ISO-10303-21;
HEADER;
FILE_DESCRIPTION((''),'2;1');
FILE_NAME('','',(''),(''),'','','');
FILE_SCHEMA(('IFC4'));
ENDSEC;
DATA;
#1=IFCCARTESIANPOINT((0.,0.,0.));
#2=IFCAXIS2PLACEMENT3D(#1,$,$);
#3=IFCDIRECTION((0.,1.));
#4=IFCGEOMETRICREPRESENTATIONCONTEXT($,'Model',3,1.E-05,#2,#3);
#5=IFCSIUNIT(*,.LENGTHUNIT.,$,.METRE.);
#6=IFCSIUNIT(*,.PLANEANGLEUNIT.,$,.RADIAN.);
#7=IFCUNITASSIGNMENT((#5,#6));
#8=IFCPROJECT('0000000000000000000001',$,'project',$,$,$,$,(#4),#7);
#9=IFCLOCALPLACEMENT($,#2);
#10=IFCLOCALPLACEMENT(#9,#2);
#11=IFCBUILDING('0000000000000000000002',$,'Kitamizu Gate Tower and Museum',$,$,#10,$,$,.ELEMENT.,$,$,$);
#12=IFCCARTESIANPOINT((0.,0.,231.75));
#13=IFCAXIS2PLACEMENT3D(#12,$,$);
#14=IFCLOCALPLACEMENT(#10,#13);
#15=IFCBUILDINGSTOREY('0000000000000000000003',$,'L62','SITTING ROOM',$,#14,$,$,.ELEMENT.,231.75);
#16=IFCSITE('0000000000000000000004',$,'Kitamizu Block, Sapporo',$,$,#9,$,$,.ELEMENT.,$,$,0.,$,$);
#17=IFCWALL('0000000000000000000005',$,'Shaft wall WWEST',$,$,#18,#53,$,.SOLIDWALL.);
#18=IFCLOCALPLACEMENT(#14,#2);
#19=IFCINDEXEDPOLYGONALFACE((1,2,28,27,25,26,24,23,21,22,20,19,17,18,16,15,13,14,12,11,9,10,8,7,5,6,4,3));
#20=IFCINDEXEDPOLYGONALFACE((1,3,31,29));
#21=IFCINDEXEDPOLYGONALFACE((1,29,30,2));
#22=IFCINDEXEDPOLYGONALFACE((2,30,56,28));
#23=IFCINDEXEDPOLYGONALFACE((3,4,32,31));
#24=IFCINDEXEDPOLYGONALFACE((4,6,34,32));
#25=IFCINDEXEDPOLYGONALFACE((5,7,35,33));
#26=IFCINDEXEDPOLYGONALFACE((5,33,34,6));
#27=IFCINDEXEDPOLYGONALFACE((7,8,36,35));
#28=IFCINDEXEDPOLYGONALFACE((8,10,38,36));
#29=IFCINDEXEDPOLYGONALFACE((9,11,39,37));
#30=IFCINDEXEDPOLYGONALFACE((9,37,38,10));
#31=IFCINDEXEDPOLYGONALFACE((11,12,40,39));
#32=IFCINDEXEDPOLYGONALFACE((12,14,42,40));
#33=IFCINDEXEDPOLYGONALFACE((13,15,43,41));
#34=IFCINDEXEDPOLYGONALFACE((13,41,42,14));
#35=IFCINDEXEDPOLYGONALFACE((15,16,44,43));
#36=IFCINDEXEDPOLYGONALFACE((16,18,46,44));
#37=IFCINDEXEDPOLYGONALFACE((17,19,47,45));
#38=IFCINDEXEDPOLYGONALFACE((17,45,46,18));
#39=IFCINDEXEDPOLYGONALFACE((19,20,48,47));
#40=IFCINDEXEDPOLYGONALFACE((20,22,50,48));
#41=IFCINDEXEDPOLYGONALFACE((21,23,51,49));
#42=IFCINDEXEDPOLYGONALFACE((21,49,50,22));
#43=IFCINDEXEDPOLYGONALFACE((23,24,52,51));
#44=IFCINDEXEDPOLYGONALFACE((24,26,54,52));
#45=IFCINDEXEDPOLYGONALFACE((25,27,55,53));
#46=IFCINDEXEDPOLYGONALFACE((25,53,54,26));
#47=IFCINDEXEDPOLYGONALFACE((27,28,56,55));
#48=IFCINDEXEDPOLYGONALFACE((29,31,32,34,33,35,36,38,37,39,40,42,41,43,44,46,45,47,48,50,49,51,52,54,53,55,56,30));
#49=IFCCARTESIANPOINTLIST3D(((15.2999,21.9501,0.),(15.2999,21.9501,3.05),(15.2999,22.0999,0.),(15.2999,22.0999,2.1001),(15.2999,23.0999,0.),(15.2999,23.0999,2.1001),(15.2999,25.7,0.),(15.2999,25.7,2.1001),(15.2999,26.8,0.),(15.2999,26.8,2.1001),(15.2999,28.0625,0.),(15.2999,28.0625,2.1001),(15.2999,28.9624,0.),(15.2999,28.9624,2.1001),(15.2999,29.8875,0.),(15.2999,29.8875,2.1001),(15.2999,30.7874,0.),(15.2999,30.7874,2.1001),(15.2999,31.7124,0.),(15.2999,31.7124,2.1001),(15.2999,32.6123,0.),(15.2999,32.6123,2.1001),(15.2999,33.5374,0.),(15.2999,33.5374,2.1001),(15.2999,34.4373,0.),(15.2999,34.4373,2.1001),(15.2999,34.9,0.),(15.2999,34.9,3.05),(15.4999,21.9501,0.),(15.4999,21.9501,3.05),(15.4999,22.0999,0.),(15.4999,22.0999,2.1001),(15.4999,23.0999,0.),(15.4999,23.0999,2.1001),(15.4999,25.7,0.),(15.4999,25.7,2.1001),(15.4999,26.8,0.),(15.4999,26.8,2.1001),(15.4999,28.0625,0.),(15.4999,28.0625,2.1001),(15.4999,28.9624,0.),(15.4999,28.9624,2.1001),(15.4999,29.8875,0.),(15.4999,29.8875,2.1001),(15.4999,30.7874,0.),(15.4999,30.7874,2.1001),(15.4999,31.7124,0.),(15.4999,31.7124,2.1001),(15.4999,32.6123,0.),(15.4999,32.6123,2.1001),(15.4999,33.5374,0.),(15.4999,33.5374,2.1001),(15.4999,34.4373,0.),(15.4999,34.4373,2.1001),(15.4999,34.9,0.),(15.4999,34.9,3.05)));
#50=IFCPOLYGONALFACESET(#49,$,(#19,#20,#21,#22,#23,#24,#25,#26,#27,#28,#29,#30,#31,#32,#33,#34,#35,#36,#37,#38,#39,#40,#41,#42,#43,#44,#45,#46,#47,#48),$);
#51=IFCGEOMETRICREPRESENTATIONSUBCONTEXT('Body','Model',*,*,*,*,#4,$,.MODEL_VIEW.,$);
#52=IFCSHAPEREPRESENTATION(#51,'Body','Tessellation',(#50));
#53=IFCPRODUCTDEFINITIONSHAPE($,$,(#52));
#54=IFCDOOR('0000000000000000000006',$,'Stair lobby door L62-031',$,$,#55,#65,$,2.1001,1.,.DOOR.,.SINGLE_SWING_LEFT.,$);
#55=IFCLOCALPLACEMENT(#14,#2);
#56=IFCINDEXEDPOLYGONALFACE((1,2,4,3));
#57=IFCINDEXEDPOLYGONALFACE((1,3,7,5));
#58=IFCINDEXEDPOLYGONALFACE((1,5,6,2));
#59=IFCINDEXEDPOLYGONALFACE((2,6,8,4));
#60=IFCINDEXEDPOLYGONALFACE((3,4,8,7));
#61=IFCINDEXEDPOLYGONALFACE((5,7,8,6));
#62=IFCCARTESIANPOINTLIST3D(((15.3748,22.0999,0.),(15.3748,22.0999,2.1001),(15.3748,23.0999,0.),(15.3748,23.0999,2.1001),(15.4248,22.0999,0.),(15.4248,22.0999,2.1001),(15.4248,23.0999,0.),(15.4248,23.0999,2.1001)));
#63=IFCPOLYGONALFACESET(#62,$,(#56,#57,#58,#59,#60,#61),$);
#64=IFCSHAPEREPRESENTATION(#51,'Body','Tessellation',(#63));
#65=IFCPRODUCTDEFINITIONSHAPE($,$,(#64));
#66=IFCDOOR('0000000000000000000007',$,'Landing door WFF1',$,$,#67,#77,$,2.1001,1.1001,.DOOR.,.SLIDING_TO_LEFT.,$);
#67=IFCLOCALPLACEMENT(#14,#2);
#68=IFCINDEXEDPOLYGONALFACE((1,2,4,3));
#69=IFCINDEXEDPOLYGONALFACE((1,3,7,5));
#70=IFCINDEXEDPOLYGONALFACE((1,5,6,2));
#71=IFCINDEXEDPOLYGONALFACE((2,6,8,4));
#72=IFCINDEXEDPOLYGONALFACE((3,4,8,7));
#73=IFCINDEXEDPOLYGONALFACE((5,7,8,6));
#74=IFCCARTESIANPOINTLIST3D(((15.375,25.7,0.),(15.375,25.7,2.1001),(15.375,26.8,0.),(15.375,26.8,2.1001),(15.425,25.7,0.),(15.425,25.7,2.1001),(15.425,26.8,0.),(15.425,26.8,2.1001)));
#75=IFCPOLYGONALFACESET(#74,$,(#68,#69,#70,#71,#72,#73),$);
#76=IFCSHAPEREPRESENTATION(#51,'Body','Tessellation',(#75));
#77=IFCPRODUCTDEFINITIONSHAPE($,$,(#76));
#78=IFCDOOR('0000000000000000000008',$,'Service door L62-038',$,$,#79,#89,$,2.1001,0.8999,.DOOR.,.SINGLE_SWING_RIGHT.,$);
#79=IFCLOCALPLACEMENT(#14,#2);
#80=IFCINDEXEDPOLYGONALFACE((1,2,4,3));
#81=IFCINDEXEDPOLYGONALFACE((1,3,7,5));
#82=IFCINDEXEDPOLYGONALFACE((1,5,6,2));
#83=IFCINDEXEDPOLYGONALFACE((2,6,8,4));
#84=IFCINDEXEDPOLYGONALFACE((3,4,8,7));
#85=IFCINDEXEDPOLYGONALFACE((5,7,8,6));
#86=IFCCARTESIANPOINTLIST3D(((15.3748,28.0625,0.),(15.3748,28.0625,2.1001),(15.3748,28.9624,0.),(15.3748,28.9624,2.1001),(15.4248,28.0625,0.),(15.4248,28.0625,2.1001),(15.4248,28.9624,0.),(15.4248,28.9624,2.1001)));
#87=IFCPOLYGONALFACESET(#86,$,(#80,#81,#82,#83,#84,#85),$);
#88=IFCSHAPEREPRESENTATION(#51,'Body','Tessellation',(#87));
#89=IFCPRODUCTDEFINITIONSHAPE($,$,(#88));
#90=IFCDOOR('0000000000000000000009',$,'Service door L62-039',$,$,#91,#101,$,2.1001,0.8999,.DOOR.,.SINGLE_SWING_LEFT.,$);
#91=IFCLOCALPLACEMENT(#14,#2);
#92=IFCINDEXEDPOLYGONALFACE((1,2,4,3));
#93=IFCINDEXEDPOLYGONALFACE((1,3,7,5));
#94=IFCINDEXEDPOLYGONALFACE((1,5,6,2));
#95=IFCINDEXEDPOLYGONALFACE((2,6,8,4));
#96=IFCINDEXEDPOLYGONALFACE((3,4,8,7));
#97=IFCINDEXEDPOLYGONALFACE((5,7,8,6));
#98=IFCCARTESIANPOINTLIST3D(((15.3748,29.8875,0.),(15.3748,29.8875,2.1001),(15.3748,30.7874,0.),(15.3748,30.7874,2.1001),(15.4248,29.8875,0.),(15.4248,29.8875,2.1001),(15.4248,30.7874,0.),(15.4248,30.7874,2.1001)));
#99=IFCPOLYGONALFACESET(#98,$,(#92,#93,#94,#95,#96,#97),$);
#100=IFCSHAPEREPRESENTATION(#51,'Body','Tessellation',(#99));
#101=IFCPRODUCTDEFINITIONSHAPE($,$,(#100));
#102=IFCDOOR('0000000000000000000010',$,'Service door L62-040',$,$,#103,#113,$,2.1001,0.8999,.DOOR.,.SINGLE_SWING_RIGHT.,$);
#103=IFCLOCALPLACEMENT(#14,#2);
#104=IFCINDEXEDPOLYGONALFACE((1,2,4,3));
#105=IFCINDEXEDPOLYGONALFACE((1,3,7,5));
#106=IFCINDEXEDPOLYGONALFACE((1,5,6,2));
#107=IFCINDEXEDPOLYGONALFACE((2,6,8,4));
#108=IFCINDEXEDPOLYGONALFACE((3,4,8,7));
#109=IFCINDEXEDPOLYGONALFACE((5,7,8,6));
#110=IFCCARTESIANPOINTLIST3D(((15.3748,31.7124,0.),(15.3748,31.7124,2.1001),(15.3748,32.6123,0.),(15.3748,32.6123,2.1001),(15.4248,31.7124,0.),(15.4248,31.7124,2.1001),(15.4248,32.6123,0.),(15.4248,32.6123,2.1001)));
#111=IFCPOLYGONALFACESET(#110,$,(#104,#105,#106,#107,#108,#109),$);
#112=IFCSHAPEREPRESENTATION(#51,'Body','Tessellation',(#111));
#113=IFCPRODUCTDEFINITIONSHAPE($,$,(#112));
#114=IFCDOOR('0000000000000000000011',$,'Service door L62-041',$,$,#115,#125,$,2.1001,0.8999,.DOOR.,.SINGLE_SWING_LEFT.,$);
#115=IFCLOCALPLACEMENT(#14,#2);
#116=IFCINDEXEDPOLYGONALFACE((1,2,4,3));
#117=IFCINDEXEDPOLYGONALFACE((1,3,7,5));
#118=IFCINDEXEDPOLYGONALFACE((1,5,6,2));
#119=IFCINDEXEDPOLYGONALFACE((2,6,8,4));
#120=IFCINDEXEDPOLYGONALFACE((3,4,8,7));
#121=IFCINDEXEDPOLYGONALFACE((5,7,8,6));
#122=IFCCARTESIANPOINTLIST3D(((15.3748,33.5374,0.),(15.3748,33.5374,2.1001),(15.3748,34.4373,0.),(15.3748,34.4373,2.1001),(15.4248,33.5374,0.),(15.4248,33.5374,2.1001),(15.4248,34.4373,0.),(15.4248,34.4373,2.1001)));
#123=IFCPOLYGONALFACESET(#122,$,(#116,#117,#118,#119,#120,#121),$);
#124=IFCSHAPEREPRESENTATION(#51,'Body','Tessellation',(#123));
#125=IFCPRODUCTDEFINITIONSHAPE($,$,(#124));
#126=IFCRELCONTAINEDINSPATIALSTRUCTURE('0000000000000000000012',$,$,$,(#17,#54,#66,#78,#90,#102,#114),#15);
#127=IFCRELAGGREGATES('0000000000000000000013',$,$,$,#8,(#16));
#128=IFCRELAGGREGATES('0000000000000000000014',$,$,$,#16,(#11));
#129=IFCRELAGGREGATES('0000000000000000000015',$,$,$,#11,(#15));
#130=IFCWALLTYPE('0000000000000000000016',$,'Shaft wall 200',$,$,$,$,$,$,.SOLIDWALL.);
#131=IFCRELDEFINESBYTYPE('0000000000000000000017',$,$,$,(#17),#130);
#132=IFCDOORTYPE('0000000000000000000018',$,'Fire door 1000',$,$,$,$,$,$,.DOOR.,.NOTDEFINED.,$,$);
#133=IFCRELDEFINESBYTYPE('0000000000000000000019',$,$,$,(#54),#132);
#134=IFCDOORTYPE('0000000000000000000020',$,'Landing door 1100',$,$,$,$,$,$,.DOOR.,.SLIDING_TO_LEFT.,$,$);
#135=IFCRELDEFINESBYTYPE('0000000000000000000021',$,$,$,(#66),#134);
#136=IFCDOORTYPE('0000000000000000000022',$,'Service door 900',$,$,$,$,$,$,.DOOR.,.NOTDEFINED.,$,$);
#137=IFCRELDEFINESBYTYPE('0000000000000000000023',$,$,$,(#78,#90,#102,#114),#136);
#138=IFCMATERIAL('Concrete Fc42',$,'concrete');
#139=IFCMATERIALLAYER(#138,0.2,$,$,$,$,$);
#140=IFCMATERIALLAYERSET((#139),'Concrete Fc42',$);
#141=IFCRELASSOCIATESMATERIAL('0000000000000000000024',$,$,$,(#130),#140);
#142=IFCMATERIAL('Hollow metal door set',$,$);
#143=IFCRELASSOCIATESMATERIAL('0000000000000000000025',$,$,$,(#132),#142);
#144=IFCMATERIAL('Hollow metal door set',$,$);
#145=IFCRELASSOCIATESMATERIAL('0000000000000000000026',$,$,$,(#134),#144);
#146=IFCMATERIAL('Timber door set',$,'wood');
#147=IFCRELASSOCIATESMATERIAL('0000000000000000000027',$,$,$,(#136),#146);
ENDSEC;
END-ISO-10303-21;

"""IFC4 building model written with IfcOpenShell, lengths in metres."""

from ifc_helpers import new_model, si_unit, direction, frame, frame_2d, origin, place, context, subcontext, project, spatial, rectangle, extrude, material, layer, layer_set, type_object, element, fill, save


model = new_model("IFC4")

# Units and contexts
model_context = context("Model", 3, precision=1e-05, world=origin(), true_north=direction((0.0, 1.0)))
body_context = subcontext(model_context, "Body", "Model", "MODEL_VIEW")
ifc_project = project(units=[si_unit("LENGTHUNIT", "METRE"), si_unit("PLANEANGLEUNIT", "RADIAN")], contexts=[model_context])

# Site, building, storey
site_placement = place(None, origin())
site = spatial("IfcSite", under=ifc_project, at=site_placement, Name="Kitamizu Block, Sapporo", CompositionType="ELEMENT", RefElevation=0.0)
building_placement = place(site_placement, origin())
building = spatial("IfcBuilding", under=site, at=building_placement, Name="Kitamizu Gate Tower and Museum", CompositionType="ELEMENT")
storey_placement = place(building_placement, frame((0.0, 0.0, 231.75)))
storey = spatial("IfcBuildingStorey", under=building, at=storey_placement, Name="L62", Description="SITTING ROOM", CompositionType="ELEMENT", Elevation=231.75)

# Wall, openings, doors
ifc_material_1 = material(Name="Concrete Fc42", Category="concrete")
ifc_layer_1 = layer(ifc_material_1, 0.2)
ifc_layer_set_1 = layer_set([ifc_layer_1], Name="Concrete Fc42")
wall_type_1 = type_object("IfcWallType", Name="Shaft wall 200", PredefinedType="SOLIDWALL", material=ifc_layer_set_1)
wall_1_placement = place(storey_placement, frame((15.3999, 21.95, 0.0), z_axis=(0.0, 0.0, 1.0), x_axis=(0.0, 1.0, 0.0)))
wall_1 = element("IfcWall", 1, at=wall_1_placement, inside=storey, type_object=wall_type_1, Name="Shaft wall WWEST", PredefinedType="SOLIDWALL", context=body_context, shape_type="SweptSolid", body=[
    extrude(rectangle(XDim=12.95, YDim=0.2, at=frame_2d((6.4751, 0.0))), origin(), (0.0, 0.0, 1.0), 3.05),
])
opening_1_placement = place(wall_1_placement, frame((3.75, 0.0, 0.0)))
opening_1 = element("IfcOpeningElement", 2, at=opening_1_placement, cuts=wall_1, PredefinedType="OPENING", context=body_context, shape_type="SweptSolid", body=[
    extrude(rectangle(XDim=1.1001, YDim=2.1001, at=frame_2d((0.55, 1.05))), frame((0.0, 0.1099, 0.0), z_axis=(0.0, -1.0, 0.0), x_axis=(1.0, 0.0, 0.0)), (0.0, 0.0, 1.0), 0.22),
])
opening_2_placement = place(wall_1_placement, frame((0.1499, 0.0, 0.0)))
opening_2 = element("IfcOpeningElement", 3, at=opening_2_placement, cuts=wall_1, PredefinedType="OPENING", context=body_context, shape_type="SweptSolid", body=[
    extrude(rectangle(XDim=1.0, YDim=2.1001, at=frame_2d((0.5, 1.05))), frame((0.0, 0.1099, 0.0), z_axis=(0.0, -1.0, 0.0), x_axis=(1.0, 0.0, 0.0)), (0.0, 0.0, 1.0), 0.22),
])
opening_3_placement = place(wall_1_placement, frame((6.1125, 0.0, 0.0)))
opening_3 = element("IfcOpeningElement", 4, at=opening_3_placement, cuts=wall_1, PredefinedType="OPENING", context=body_context, shape_type="SweptSolid", body=[
    extrude(rectangle(XDim=0.8999, YDim=2.1001, at=frame_2d((0.45, 1.05))), frame((0.0, 0.1099, 0.0), z_axis=(0.0, -1.0, 0.0), x_axis=(1.0, 0.0, 0.0)), (0.0, 0.0, 1.0), 0.22),
])
opening_4_placement = place(wall_1_placement, frame((7.9375, 0.0, 0.0)))
opening_4 = element("IfcOpeningElement", 5, at=opening_4_placement, cuts=wall_1, PredefinedType="OPENING", context=body_context, shape_type="SweptSolid", body=[
    extrude(rectangle(XDim=0.8999, YDim=2.1001, at=frame_2d((0.45, 1.05))), frame((0.0, 0.1099, 0.0), z_axis=(0.0, -1.0, 0.0), x_axis=(1.0, 0.0, 0.0)), (0.0, 0.0, 1.0), 0.22),
])
opening_5_placement = place(wall_1_placement, frame((9.7625, 0.0, 0.0)))
opening_5 = element("IfcOpeningElement", 6, at=opening_5_placement, cuts=wall_1, PredefinedType="OPENING", context=body_context, shape_type="SweptSolid", body=[
    extrude(rectangle(XDim=0.8999, YDim=2.1001, at=frame_2d((0.45, 1.05))), frame((0.0, 0.1099, 0.0), z_axis=(0.0, -1.0, 0.0), x_axis=(1.0, 0.0, 0.0)), (0.0, 0.0, 1.0), 0.22),
])
opening_6_placement = place(wall_1_placement, frame((11.5874, 0.0, 0.0)))
opening_6 = element("IfcOpeningElement", 7, at=opening_6_placement, cuts=wall_1, PredefinedType="OPENING", context=body_context, shape_type="SweptSolid", body=[
    extrude(rectangle(XDim=0.8999, YDim=2.1001, at=frame_2d((0.45, 1.05))), frame((0.0, 0.1099, 0.0), z_axis=(0.0, -1.0, 0.0), x_axis=(1.0, 0.0, 0.0)), (0.0, 0.0, 1.0), 0.22),
])
ifc_material_2 = material(Name="Hollow metal door set")
door_type_1 = type_object("IfcDoorType", Name="Fire door 1000", OperationType="NOTDEFINED", PredefinedType="DOOR", material=ifc_material_2)
door_1_placement = place(opening_2_placement, frame((1.0, 0.0, 0.0), x_axis=(-1.0, 0.0, 0.0)))
door_1 = element("IfcDoor", 8, at=door_1_placement, inside=storey, type_object=door_type_1, Name="Stair lobby door L62-031", OperationType="SINGLE_SWING_LEFT", OverallHeight=2.1001, OverallWidth=1.0, PredefinedType="DOOR", context=body_context, shape_type="SweptSolid", body=[
    extrude(rectangle(XDim=1.0, YDim=2.1001, at=frame_2d((0.5, 1.05))), frame((0.0, 0.0249, 0.0), z_axis=(0.0, -1.0, 0.0), x_axis=(1.0, 0.0, 0.0)), (0.0, 0.0, 1.0), 0.05),
])
fill(opening_2, door_1)
ifc_material_3 = material(Name="Hollow metal door set")
door_type_2 = type_object("IfcDoorType", Name="Landing door 1100", OperationType="SLIDING_TO_LEFT", PredefinedType="DOOR", material=ifc_material_3)
door_2_placement = place(opening_1_placement, origin())
door_2 = element("IfcDoor", 9, at=door_2_placement, inside=storey, type_object=door_type_2, Name="Landing door WFF1", OperationType="SLIDING_TO_LEFT", OverallHeight=2.1001, OverallWidth=1.1001, PredefinedType="DOOR", context=body_context, shape_type="SweptSolid", body=[
    extrude(rectangle(XDim=1.1001, YDim=2.1001, at=frame_2d((0.55, 1.05))), frame((0.0, 0.0249, 0.0), z_axis=(0.0, -1.0, 0.0), x_axis=(1.0, 0.0, 0.0)), (0.0, 0.0, 1.0), 0.05),
])
fill(opening_1, door_2)
ifc_material_4 = material(Name="Timber door set", Category="wood")
door_type_3 = type_object("IfcDoorType", Name="Service door 900", OperationType="NOTDEFINED", PredefinedType="DOOR", material=ifc_material_4)
door_3_placement = place(opening_3_placement, frame((0.8999, 0.0, 0.0), x_axis=(-1.0, 0.0, 0.0)))
door_3 = element("IfcDoor", 10, at=door_3_placement, inside=storey, type_object=door_type_3, Name="Service door L62-038", OperationType="SINGLE_SWING_RIGHT", OverallHeight=2.1001, OverallWidth=0.8999, PredefinedType="DOOR", context=body_context, shape_type="SweptSolid", body=[
    extrude(rectangle(XDim=0.8999, YDim=2.1001, at=frame_2d((0.45, 1.05))), frame((0.0, 0.0249, 0.0), z_axis=(0.0, -1.0, 0.0), x_axis=(1.0, 0.0, 0.0)), (0.0, 0.0, 1.0), 0.05),
])
fill(opening_3, door_3)
door_4_placement = place(opening_4_placement, frame((0.8999, 0.0, 0.0), x_axis=(-1.0, 0.0, 0.0)))
door_4 = element("IfcDoor", 11, at=door_4_placement, inside=storey, type_object=door_type_3, Name="Service door L62-039", OperationType="SINGLE_SWING_LEFT", OverallHeight=2.1001, OverallWidth=0.8999, PredefinedType="DOOR", context=body_context, shape_type="SweptSolid", body=[
    extrude(rectangle(XDim=0.8999, YDim=2.1001, at=frame_2d((0.45, 1.05))), frame((0.0, 0.0249, 0.0), z_axis=(0.0, -1.0, 0.0), x_axis=(1.0, 0.0, 0.0)), (0.0, 0.0, 1.0), 0.05),
])
fill(opening_4, door_4)
door_5_placement = place(opening_5_placement, frame((0.8999, 0.0, 0.0), x_axis=(-1.0, 0.0, 0.0)))
door_5 = element("IfcDoor", 12, at=door_5_placement, inside=storey, type_object=door_type_3, Name="Service door L62-040", OperationType="SINGLE_SWING_RIGHT", OverallHeight=2.1001, OverallWidth=0.8999, PredefinedType="DOOR", context=body_context, shape_type="SweptSolid", body=[
    extrude(rectangle(XDim=0.8999, YDim=2.1001, at=frame_2d((0.45, 1.05))), frame((0.0, 0.0249, 0.0), z_axis=(0.0, -1.0, 0.0), x_axis=(1.0, 0.0, 0.0)), (0.0, 0.0, 1.0), 0.05),
])
fill(opening_5, door_5)
door_6_placement = place(opening_6_placement, frame((0.8999, 0.0, 0.0), x_axis=(-1.0, 0.0, 0.0)))
door_6 = element("IfcDoor", 13, at=door_6_placement, inside=storey, type_object=door_type_3, Name="Service door L62-041", OperationType="SINGLE_SWING_LEFT", OverallHeight=2.1001, OverallWidth=0.8999, PredefinedType="DOOR", context=body_context, shape_type="SweptSolid", body=[
    extrude(rectangle(XDim=0.8999, YDim=2.1001, at=frame_2d((0.45, 1.05))), frame((0.0, 0.0249, 0.0), z_axis=(0.0, -1.0, 0.0), x_axis=(1.0, 0.0, 0.0)), (0.0, 0.0, 1.0), 0.05),
])
fill(opening_6, door_6)

save(model, "model.ifc")
